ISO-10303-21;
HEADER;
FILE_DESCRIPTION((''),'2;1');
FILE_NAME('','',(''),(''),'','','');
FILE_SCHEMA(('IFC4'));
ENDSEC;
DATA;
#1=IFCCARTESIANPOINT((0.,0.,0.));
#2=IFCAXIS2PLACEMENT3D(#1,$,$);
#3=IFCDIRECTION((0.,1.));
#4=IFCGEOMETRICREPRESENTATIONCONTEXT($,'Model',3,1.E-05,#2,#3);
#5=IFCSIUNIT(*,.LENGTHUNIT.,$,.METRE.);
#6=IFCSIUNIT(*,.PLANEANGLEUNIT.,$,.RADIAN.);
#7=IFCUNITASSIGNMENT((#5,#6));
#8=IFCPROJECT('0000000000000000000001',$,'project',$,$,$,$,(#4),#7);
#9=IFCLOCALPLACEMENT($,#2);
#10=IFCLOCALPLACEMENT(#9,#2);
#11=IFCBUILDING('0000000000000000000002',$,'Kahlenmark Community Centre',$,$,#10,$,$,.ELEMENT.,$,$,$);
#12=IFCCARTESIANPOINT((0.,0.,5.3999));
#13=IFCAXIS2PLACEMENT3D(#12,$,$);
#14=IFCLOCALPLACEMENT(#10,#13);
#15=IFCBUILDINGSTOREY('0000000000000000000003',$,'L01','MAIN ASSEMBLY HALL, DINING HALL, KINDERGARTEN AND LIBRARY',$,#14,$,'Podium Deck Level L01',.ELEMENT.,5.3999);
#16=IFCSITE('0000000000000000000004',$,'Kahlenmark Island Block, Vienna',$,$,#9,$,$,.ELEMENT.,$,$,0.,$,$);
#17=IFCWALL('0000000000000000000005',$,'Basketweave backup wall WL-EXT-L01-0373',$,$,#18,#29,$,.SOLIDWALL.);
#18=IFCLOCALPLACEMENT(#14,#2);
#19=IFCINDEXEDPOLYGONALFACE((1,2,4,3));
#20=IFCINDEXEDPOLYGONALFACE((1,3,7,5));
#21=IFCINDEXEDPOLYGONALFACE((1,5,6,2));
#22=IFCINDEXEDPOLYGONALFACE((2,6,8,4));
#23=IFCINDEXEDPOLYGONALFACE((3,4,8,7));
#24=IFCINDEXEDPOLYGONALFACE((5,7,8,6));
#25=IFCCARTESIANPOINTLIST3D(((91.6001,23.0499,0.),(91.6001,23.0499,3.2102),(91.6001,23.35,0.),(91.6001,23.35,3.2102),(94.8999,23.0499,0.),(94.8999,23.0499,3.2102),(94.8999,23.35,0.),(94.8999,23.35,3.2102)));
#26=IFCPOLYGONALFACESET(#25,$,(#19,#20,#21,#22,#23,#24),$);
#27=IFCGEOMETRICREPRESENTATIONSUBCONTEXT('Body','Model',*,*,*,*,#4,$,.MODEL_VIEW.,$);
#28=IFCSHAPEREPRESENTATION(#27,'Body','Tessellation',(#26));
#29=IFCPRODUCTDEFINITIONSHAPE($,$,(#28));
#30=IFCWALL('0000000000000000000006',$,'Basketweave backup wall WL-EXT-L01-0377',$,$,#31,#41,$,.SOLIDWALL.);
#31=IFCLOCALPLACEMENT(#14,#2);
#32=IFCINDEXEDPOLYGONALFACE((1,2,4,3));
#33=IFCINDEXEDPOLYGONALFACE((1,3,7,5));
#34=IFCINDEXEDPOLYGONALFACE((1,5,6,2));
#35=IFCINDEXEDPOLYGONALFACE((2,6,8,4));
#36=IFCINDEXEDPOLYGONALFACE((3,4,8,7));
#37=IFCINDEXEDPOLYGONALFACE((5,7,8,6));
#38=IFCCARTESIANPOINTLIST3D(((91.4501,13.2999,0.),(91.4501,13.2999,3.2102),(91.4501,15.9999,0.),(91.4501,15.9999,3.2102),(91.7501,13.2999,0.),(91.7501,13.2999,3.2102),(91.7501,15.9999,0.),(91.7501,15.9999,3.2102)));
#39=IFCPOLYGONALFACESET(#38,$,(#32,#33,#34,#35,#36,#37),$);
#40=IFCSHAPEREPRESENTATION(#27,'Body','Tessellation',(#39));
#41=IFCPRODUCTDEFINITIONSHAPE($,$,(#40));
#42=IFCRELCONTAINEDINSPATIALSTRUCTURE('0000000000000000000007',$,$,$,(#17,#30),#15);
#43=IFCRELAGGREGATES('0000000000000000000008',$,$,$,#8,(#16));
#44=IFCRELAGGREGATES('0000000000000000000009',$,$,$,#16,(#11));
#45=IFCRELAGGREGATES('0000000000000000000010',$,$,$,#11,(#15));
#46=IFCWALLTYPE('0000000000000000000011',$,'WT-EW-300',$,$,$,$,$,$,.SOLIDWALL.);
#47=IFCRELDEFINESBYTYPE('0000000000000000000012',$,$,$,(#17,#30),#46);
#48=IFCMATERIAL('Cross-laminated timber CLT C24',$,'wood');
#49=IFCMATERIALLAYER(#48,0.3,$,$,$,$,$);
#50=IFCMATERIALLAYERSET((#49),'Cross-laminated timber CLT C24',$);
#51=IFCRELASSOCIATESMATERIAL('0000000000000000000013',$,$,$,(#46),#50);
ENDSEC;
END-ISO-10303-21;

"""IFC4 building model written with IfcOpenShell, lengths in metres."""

from ifc_helpers import new_model, si_unit, direction, frame, frame_2d, origin, place, context, subcontext, project, spatial, rectangle, extrude, material, layer, layer_set, type_object, element, save


model = new_model("IFC4")

# Units and contexts
model_context = context("Model", 3, precision=1e-05, world=origin(), true_north=direction((0.0, 1.0)))
body_context = subcontext(model_context, "Body", "Model", "MODEL_VIEW")
ifc_project = project(units=[si_unit("LENGTHUNIT", "METRE"), si_unit("PLANEANGLEUNIT", "RADIAN")], contexts=[model_context])

# Site, building, storey
site_placement = place(None, origin())
site = spatial("IfcSite", under=ifc_project, at=site_placement, Name="Kahlenmark Island Block, Vienna", CompositionType="ELEMENT", RefElevation=0.0)
building_placement = place(site_placement, origin())
building = spatial("IfcBuilding", under=site, at=building_placement, Name="Kahlenmark Community Centre", CompositionType="ELEMENT")
storey_placement = place(building_placement, frame((0.0, 0.0, 5.3999)))
storey = spatial("IfcBuildingStorey", under=building, at=storey_placement, Name="L01", Description="MAIN ASSEMBLY HALL, DINING HALL, KINDERGARTEN AND LIBRARY", LongName="Podium Deck Level L01", CompositionType="ELEMENT", Elevation=5.3999)

# Walls
ifc_material_1 = material(Name="Cross-laminated timber CLT C24", Category="wood")
ifc_layer_1 = layer(ifc_material_1, 0.3)
ifc_layer_set_1 = layer_set([ifc_layer_1], Name="Cross-laminated timber CLT C24")
wall_type_1 = type_object("IfcWallType", Name="WT-EW-300", PredefinedType="SOLIDWALL", material=ifc_layer_set_1)
wall_1_placement = place(storey_placement, frame((94.8999, 23.2, 0.0), z_axis=(0.0, 0.0, 1.0), x_axis=(-1.0, 0.0, 0.0)))
element("IfcWall", 1, at=wall_1_placement, inside=storey, type_object=wall_type_1, Name="Basketweave backup wall WL-EXT-L01-0373", PredefinedType="SOLIDWALL", context=body_context, shape_type="SweptSolid", body=[
    extrude(rectangle(XDim=3.2998, YDim=0.3, at=frame_2d((1.6499, 0.0))), origin(), (0.0, 0.0, 1.0), 3.2102),
])
wall_2_placement = place(storey_placement, frame((91.6001, 16.0, 0.0), z_axis=(0.0, 0.0, 1.0), x_axis=(0.0, -1.0, 0.0)))
element("IfcWall", 2, at=wall_2_placement, inside=storey, type_object=wall_type_1, Name="Basketweave backup wall WL-EXT-L01-0377", PredefinedType="SOLIDWALL", context=body_context, shape_type="SweptSolid", body=[
    extrude(rectangle(XDim=2.7, YDim=0.3, at=frame_2d((1.3501, 0.0))), origin(), (0.0, 0.0, 1.0), 3.2102),
])

save(model, "model.ifc")
